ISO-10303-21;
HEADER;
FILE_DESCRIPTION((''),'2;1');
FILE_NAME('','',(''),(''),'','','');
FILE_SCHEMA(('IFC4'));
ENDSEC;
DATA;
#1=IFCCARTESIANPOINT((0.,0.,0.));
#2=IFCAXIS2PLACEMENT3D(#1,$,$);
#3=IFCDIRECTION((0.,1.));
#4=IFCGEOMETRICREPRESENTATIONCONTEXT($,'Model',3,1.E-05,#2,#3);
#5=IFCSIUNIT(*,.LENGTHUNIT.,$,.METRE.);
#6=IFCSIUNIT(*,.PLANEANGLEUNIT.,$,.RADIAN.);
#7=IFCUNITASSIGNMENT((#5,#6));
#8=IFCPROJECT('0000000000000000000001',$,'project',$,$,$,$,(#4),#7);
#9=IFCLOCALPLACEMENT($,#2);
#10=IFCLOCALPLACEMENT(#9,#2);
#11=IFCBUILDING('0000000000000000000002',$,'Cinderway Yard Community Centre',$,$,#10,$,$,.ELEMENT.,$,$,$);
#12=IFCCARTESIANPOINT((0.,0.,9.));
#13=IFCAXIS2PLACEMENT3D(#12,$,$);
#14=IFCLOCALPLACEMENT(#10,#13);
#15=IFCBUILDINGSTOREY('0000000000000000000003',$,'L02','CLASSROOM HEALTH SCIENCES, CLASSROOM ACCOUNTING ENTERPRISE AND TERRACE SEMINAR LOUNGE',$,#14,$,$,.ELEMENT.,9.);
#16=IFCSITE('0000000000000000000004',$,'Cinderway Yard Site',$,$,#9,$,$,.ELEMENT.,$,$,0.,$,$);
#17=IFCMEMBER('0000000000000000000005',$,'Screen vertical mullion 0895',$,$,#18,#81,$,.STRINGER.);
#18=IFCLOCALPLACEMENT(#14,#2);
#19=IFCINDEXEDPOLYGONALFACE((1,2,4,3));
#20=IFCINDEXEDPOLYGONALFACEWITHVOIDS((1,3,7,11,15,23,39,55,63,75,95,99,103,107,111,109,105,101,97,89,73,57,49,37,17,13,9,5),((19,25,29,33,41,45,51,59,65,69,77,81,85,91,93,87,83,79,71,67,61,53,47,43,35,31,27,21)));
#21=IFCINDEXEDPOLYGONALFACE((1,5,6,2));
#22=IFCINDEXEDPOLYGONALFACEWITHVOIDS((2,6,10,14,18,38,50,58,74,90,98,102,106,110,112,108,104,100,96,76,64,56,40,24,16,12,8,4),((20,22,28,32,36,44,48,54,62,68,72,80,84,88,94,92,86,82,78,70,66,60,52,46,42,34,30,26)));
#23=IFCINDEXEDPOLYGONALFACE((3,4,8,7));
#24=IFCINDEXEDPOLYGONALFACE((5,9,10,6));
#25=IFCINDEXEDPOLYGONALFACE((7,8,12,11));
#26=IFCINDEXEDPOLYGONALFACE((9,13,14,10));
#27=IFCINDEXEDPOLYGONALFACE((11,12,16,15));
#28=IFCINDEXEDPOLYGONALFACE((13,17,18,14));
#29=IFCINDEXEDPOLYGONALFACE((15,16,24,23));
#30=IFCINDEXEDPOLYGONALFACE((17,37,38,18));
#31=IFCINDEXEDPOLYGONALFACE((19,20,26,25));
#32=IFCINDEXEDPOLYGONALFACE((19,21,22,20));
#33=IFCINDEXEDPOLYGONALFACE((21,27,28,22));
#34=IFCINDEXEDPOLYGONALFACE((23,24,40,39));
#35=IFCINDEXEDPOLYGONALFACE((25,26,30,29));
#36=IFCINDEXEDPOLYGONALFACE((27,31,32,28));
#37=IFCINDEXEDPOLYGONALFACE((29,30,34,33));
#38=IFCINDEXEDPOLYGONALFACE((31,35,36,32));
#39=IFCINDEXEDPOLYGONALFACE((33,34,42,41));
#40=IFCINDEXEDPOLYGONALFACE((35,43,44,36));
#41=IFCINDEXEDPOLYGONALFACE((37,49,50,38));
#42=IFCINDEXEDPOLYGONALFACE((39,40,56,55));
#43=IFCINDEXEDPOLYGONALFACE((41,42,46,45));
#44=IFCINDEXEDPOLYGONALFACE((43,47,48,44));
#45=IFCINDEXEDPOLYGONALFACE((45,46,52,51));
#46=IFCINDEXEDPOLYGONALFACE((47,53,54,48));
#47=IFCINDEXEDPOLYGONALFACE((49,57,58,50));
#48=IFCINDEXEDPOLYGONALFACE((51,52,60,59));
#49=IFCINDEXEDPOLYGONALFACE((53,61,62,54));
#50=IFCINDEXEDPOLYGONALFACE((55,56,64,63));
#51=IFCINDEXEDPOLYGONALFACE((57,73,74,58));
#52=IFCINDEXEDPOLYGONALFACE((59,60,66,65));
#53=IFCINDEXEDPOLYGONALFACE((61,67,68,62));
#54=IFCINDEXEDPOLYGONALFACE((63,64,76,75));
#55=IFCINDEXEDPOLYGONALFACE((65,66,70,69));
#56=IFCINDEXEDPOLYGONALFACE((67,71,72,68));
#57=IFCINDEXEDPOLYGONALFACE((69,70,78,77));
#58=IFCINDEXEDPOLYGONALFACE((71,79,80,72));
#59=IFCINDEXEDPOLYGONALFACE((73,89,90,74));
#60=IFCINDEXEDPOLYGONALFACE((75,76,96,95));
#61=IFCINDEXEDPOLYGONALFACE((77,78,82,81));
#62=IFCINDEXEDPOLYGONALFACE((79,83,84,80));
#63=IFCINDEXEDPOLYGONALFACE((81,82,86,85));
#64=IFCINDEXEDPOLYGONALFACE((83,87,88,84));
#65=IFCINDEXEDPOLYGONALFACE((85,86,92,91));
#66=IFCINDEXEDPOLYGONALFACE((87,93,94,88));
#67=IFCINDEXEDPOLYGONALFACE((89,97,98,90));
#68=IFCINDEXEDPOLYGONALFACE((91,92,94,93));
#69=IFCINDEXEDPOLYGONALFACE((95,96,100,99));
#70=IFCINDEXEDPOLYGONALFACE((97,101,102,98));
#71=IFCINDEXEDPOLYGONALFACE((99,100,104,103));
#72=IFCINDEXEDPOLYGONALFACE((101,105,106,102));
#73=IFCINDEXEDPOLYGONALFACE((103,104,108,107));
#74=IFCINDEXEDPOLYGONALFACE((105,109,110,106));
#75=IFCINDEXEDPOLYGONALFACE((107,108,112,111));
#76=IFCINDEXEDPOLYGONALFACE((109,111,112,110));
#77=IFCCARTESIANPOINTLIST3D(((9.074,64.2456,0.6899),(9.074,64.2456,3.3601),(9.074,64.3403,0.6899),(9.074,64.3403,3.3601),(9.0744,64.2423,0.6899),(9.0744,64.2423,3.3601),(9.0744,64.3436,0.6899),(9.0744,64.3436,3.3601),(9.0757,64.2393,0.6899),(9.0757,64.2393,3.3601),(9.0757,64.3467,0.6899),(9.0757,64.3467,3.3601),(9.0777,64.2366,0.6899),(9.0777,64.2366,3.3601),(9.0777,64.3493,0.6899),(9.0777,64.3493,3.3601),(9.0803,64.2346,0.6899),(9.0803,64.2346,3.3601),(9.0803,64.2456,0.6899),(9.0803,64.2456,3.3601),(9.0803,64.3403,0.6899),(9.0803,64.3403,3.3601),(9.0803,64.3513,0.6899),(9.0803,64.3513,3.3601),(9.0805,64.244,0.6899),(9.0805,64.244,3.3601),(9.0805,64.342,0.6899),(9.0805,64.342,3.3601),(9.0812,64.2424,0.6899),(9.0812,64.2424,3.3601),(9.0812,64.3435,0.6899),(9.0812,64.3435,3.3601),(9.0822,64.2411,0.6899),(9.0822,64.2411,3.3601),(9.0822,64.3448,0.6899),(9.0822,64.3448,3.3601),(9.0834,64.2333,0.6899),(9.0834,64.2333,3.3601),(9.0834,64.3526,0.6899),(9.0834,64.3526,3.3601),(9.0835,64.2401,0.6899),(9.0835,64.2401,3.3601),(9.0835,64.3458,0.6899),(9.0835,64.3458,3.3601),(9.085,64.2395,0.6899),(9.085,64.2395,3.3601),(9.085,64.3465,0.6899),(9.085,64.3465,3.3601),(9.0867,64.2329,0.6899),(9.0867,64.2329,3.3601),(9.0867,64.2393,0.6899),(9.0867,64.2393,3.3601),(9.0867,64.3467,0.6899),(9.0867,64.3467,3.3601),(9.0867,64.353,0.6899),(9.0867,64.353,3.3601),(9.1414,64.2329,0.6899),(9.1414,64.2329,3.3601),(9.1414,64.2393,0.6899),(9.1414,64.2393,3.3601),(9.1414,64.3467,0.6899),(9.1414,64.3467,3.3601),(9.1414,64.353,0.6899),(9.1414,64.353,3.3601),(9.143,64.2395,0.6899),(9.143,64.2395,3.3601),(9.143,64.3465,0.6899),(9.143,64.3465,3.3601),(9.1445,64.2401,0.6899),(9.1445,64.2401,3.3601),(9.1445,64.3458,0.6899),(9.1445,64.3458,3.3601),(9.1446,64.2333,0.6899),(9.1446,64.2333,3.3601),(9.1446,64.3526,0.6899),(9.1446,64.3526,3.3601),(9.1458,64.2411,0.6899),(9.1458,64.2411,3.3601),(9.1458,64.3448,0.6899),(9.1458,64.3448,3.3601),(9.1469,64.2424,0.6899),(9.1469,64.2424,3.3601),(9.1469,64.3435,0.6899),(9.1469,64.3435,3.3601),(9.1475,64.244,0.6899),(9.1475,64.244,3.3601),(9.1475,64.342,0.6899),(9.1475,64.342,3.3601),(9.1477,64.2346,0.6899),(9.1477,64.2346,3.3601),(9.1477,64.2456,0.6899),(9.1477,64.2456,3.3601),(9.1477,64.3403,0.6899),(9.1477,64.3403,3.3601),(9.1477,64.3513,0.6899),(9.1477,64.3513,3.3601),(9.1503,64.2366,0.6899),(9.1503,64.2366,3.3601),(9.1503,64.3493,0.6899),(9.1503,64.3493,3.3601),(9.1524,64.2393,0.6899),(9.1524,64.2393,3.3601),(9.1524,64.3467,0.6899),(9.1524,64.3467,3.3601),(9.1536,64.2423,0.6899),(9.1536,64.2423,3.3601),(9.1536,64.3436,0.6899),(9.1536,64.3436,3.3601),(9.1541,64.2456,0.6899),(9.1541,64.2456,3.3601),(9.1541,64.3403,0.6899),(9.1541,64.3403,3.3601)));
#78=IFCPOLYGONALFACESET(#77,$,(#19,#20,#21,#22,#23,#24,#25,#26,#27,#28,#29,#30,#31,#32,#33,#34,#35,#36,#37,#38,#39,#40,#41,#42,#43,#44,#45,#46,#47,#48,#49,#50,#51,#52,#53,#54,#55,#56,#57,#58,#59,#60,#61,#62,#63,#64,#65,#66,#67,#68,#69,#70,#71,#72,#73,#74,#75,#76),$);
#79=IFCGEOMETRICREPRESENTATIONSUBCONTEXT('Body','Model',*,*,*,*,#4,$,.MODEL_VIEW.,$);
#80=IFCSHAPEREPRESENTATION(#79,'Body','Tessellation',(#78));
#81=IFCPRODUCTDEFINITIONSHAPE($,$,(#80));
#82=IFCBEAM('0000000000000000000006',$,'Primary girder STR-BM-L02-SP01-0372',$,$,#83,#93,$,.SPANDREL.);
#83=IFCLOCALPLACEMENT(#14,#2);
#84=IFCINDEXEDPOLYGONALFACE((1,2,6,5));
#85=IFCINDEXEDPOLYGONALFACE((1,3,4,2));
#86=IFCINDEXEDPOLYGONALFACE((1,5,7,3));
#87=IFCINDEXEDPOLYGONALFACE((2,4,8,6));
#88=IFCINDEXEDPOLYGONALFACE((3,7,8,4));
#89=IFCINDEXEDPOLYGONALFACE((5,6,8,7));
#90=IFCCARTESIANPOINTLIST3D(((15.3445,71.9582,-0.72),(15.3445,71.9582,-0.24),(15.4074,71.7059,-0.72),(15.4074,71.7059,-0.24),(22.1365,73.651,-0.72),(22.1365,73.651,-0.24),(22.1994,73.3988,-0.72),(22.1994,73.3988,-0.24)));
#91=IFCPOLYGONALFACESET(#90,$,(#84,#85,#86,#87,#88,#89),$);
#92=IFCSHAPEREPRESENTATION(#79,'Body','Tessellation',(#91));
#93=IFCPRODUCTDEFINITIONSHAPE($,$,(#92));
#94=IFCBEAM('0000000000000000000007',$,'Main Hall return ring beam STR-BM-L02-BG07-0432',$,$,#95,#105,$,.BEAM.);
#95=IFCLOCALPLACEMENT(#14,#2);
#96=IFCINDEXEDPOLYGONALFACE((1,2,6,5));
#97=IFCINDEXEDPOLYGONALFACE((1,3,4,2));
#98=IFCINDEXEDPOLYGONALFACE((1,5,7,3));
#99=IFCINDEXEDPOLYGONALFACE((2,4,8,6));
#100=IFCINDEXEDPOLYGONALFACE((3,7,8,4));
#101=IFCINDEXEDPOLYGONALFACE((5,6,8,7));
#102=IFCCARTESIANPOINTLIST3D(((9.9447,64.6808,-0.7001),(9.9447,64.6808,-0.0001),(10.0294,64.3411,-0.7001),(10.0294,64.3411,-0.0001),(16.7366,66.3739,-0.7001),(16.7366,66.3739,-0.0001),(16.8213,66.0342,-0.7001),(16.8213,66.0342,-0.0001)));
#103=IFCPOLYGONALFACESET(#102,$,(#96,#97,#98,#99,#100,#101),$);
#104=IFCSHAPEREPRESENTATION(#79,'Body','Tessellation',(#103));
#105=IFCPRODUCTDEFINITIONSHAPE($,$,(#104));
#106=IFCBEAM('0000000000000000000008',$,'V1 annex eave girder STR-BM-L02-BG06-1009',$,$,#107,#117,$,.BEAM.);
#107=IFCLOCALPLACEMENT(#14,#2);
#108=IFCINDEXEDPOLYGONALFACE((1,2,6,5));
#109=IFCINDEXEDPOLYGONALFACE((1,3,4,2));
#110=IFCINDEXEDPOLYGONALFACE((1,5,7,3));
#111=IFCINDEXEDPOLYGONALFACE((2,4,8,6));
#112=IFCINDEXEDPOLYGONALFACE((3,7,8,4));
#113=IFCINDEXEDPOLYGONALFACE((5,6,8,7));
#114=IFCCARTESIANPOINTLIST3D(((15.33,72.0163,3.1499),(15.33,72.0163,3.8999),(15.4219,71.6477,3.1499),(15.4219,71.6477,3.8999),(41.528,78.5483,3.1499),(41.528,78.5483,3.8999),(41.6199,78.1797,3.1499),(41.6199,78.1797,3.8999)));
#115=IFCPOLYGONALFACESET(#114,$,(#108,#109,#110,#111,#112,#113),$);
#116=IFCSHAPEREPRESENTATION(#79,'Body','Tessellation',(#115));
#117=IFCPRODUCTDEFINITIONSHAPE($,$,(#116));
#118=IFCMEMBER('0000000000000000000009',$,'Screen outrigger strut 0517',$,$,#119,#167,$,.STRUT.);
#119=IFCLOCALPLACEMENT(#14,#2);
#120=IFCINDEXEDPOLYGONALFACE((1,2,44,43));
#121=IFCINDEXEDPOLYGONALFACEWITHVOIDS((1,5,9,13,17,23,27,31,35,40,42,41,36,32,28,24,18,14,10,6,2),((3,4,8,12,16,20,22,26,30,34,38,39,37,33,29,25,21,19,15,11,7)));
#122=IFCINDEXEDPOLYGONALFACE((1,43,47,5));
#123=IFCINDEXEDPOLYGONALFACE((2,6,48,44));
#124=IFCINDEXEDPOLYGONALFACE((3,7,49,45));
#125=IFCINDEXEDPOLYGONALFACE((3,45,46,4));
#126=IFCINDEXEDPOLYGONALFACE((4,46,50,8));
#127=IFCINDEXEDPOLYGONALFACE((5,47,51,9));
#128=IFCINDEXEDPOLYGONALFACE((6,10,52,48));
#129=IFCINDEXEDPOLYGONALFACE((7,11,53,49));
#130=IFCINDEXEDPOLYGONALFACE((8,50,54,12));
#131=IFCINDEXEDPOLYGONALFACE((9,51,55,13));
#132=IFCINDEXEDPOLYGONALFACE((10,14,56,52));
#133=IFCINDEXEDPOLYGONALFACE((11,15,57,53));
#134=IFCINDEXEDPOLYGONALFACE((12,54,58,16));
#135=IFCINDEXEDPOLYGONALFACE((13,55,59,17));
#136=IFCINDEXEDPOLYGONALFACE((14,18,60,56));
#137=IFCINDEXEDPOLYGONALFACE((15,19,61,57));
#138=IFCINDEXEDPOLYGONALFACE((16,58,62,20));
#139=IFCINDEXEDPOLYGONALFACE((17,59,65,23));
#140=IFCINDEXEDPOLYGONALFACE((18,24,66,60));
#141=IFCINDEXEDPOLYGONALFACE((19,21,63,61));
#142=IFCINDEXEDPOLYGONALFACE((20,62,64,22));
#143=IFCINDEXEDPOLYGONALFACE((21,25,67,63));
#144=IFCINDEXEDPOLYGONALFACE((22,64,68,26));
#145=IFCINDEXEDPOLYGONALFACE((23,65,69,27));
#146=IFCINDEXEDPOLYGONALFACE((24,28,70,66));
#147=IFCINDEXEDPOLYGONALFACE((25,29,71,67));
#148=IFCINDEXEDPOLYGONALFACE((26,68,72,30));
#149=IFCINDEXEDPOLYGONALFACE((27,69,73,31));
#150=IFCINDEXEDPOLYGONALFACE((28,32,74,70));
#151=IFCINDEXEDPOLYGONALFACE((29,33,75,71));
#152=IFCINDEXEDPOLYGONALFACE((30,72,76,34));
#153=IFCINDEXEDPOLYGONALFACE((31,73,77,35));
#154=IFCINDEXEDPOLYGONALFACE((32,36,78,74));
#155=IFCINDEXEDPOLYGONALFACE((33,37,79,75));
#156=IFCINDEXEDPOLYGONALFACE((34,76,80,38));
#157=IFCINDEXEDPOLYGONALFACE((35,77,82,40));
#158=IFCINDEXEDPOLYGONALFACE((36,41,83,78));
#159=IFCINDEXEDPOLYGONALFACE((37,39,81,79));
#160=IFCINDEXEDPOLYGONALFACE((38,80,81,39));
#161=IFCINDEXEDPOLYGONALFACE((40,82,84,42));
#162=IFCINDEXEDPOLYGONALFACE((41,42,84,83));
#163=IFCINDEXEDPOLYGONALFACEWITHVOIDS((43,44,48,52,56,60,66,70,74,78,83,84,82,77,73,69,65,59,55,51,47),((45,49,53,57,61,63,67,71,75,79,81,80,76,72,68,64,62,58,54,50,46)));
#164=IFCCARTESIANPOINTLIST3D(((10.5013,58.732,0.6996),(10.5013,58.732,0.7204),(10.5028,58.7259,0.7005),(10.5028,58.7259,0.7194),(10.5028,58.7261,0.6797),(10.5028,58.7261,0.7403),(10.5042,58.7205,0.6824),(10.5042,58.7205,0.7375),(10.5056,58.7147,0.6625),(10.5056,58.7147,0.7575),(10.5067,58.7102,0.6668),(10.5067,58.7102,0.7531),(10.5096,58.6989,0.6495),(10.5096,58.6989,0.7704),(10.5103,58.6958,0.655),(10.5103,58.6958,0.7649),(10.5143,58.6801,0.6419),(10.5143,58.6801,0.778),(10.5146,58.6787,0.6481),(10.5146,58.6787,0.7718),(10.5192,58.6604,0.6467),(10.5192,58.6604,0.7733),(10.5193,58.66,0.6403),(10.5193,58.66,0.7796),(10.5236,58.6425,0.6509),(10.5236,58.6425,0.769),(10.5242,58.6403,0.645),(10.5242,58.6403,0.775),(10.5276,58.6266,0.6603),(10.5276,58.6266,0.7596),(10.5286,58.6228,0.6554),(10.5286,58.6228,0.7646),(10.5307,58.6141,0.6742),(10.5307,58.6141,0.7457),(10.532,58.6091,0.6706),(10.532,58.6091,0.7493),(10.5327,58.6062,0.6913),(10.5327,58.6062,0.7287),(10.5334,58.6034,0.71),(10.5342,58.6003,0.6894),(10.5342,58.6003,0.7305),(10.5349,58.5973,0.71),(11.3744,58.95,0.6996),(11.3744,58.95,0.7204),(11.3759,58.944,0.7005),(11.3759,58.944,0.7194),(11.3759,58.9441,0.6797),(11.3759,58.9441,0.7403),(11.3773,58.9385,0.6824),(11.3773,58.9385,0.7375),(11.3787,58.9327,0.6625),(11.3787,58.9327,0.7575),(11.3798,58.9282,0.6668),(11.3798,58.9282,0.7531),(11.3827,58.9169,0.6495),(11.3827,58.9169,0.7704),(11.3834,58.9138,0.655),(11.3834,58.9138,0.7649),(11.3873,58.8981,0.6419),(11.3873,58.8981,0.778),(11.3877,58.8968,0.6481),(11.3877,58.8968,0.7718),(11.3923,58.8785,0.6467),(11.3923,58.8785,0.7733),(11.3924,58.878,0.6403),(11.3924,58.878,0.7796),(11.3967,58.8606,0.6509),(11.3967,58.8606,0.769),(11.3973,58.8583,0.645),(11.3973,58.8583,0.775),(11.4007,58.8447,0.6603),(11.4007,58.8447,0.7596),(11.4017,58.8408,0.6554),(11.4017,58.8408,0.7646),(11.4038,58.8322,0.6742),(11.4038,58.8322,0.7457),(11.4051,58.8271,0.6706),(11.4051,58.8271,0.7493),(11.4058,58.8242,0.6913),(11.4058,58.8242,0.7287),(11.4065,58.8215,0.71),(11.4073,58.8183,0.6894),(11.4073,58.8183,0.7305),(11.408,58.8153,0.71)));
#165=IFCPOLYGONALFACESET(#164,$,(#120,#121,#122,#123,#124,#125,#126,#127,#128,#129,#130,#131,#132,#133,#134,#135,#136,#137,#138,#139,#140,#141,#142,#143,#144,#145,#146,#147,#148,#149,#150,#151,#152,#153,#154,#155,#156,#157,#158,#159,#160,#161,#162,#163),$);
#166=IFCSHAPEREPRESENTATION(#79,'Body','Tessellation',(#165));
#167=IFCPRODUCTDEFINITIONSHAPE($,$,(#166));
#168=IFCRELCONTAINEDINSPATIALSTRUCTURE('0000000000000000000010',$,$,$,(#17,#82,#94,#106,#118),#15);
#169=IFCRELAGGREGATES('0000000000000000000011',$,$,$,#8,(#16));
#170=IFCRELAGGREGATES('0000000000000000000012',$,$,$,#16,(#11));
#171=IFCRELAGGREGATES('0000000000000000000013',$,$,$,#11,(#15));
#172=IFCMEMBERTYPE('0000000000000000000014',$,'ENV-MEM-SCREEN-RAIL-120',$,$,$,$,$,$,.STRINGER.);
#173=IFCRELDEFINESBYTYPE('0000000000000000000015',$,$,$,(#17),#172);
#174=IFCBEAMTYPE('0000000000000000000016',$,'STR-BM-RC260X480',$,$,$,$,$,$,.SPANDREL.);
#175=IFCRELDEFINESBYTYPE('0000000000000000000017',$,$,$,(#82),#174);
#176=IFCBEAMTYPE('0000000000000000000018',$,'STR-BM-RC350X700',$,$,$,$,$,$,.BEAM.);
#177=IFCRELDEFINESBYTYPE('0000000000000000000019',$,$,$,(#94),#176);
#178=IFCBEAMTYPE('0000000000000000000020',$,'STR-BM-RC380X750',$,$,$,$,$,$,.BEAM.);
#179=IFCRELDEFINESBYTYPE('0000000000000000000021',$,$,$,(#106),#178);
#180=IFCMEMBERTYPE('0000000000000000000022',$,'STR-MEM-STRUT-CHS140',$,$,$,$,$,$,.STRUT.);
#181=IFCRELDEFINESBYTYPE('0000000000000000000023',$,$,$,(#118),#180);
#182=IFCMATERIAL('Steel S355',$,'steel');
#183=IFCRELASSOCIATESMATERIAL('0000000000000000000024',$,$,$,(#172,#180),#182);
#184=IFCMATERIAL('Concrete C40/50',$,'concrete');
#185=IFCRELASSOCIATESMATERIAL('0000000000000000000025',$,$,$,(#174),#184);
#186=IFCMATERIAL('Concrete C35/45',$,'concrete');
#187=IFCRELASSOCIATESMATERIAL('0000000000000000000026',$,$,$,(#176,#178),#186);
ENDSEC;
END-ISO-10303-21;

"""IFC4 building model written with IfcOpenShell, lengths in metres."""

from ifc_helpers import new_model, si_unit, direction, frame, origin, origin_2d, place, context, subcontext, project, spatial, rectangle, hollow_rectangle, hollow_circle, extrude, material, material_profile, profile_set, type_object, element, save


model = new_model("IFC4")

# Units and contexts
model_context = context("Model", 3, precision=1e-05, world=origin(), true_north=direction((0.0, 1.0)))
body_context = subcontext(model_context, "Body", "Model", "MODEL_VIEW")
ifc_project = project(units=[si_unit("LENGTHUNIT", "METRE"), si_unit("PLANEANGLEUNIT", "RADIAN")], contexts=[model_context])

# Site, building, storey
site_placement = place(None, origin())
site = spatial("IfcSite", under=ifc_project, at=site_placement, Name="Cinderway Yard Site", CompositionType="ELEMENT", RefElevation=0.0)
building_placement = place(site_placement, origin())
building = spatial("IfcBuilding", under=site, at=building_placement, Name="Cinderway Yard Community Centre", CompositionType="ELEMENT")
storey_placement = place(building_placement, frame((0.0, 0.0, 9.0)))
storey = spatial("IfcBuildingStorey", under=building, at=storey_placement, Name="L02", Description="CLASSROOM HEALTH SCIENCES, CLASSROOM ACCOUNTING ENTERPRISE AND TERRACE SEMINAR LOUNGE", CompositionType="ELEMENT", Elevation=9.0)

# Shared definitions
ifc_material_1 = material(Name="Concrete C40/50", Category="concrete")

# Member
ifc_material_2 = material(Name="Steel S355", Category="steel")
ifc_material_profile_1 = material_profile(ifc_material_2, hollow_rectangle(XDim=0.0801, YDim=0.1201, WallThickness=0.0063, InnerFilletRadius=0.0063, OuterFilletRadius=0.0127, at=origin_2d()), Name="Steel S355")
ifc_profile_set_1 = profile_set([ifc_material_profile_1], Name="Steel S355")
member_type_1 = type_object("IfcMemberType", Name="ENV-MEM-SCREEN-RAIL-120", PredefinedType="STRINGER", material=ifc_profile_set_1)
for number, where, z_axis, x_axis, name in (
    (1, (9.114, 64.293, 0.6899), (0.0, 0.0, 1.0), (1.0, 0.0, 0.0), "Screen vertical mullion 0895"),
):
    element("IfcMember", number, at=place(storey_placement, frame(where, z_axis=z_axis, x_axis=x_axis)), inside=storey, type_object=member_type_1, Name=name, PredefinedType="STRINGER", context=body_context, shape_type="SweptSolid", body=[
        extrude(hollow_rectangle(XDim=0.0801, YDim=0.1201, WallThickness=0.0063, InnerFilletRadius=0.0063, OuterFilletRadius=0.0127, at=origin_2d()), origin(), (0.0, 0.0, 1.0), 2.6702),
    ])

# Beams
ifc_material_profile_2 = material_profile(ifc_material_1, rectangle(XDim=0.26, YDim=0.48, at=origin_2d()), Name="Concrete C40/50")
ifc_profile_set_2 = profile_set([ifc_material_profile_2], Name="Concrete C40/50")
beam_type_1 = type_object("IfcBeamType", Name="STR-BM-RC260X480", PredefinedType="SPANDREL", material=ifc_profile_set_2)
beam_1_placement = place(storey_placement, frame((15.376, 71.832, -0.48), z_axis=(0.970315, 0.241846, 0.0), x_axis=(-0.241846, 0.970315, 0.0)))
element("IfcBeam", 2, at=beam_1_placement, inside=storey, type_object=beam_type_1, Name="Primary girder STR-BM-L02-SP01-0372", PredefinedType="SPANDREL", context=body_context, shape_type="SweptSolid", body=[
    extrude(rectangle(XDim=0.26, YDim=0.48, at=origin_2d()), origin(), (0.0, 0.0, 1.0), 6.9998),
])
ifc_material_3 = material(Name="Concrete C35/45", Category="concrete")
ifc_material_profile_3 = material_profile(ifc_material_3, rectangle(XDim=0.3501, YDim=0.7, at=origin_2d()), Name="Concrete C35/45")
ifc_profile_set_3 = profile_set([ifc_material_profile_3], Name="Concrete C35/45")
beam_type_2 = type_object("IfcBeamType", Name="STR-BM-RC350X700", PredefinedType="BEAM", material=ifc_profile_set_3)
beam_2_placement = place(storey_placement, frame((9.9871, 64.511, -0.3501), z_axis=(0.970306, 0.241879, 0.0), x_axis=(-0.241879, 0.970306, 0.0)))
element("IfcBeam", 3, at=beam_2_placement, inside=storey, type_object=beam_type_2, Name="Main Hall return ring beam STR-BM-L02-BG07-0432", PredefinedType="BEAM", context=body_context, shape_type="SweptSolid", body=[
    extrude(rectangle(XDim=0.3501, YDim=0.7, at=origin_2d()), origin(), (0.0, 0.0, 1.0), 6.9998),
])
ifc_material_profile_4 = material_profile(ifc_material_3, rectangle(XDim=0.3799, YDim=0.75, at=origin_2d()), Name="Concrete C35/45")
ifc_profile_set_4 = profile_set([ifc_material_profile_4], Name="Concrete C35/45")
beam_type_3 = type_object("IfcBeamType", Name="STR-BM-RC380X750", PredefinedType="BEAM", material=ifc_profile_set_4)
beam_3_placement = place(storey_placement, frame((15.376, 71.832, 3.5249), z_axis=(0.970295, 0.241925, 0.0), x_axis=(-0.241925, 0.970295, 0.0)))
element("IfcBeam", 4, at=beam_3_placement, inside=storey, type_object=beam_type_3, Name="V1 annex eave girder STR-BM-L02-BG06-1009", PredefinedType="BEAM", context=body_context, shape_type="SweptSolid", body=[
    extrude(rectangle(XDim=0.3799, YDim=0.75, at=origin_2d()), origin(), (0.0, 0.0, 1.0), 27.0),
])

# Member
ifc_material_profile_5 = material_profile(ifc_material_2, hollow_circle(Radius=0.0698, WallThickness=0.0063, at=origin_2d()), Name="Steel S355")
ifc_profile_set_5 = profile_set([ifc_material_profile_5], Name="Steel S355")
member_type_2 = type_object("IfcMemberType", Name="STR-MEM-STRUT-CHS140", PredefinedType="STRUT", material=ifc_profile_set_5)
for number, where, z_axis, x_axis, name in (
    (5, (11.3911, 58.8831, 0.71), (-0.970206, -0.24228, 0.0), (0.24228, -0.970206, 0.0), "Screen outrigger strut 0517"),
):
    element("IfcMember", number, at=place(storey_placement, frame(where, z_axis=z_axis, x_axis=x_axis)), inside=storey, type_object=member_type_2, Name=name, PredefinedType="STRUT", context=body_context, shape_type="SweptSolid", body=[
        extrude(hollow_circle(Radius=0.0698, WallThickness=0.0063, at=origin_2d()), origin(), (0.0, 0.0, 1.0), 0.8999),
    ])

save(model, "model.ifc")
